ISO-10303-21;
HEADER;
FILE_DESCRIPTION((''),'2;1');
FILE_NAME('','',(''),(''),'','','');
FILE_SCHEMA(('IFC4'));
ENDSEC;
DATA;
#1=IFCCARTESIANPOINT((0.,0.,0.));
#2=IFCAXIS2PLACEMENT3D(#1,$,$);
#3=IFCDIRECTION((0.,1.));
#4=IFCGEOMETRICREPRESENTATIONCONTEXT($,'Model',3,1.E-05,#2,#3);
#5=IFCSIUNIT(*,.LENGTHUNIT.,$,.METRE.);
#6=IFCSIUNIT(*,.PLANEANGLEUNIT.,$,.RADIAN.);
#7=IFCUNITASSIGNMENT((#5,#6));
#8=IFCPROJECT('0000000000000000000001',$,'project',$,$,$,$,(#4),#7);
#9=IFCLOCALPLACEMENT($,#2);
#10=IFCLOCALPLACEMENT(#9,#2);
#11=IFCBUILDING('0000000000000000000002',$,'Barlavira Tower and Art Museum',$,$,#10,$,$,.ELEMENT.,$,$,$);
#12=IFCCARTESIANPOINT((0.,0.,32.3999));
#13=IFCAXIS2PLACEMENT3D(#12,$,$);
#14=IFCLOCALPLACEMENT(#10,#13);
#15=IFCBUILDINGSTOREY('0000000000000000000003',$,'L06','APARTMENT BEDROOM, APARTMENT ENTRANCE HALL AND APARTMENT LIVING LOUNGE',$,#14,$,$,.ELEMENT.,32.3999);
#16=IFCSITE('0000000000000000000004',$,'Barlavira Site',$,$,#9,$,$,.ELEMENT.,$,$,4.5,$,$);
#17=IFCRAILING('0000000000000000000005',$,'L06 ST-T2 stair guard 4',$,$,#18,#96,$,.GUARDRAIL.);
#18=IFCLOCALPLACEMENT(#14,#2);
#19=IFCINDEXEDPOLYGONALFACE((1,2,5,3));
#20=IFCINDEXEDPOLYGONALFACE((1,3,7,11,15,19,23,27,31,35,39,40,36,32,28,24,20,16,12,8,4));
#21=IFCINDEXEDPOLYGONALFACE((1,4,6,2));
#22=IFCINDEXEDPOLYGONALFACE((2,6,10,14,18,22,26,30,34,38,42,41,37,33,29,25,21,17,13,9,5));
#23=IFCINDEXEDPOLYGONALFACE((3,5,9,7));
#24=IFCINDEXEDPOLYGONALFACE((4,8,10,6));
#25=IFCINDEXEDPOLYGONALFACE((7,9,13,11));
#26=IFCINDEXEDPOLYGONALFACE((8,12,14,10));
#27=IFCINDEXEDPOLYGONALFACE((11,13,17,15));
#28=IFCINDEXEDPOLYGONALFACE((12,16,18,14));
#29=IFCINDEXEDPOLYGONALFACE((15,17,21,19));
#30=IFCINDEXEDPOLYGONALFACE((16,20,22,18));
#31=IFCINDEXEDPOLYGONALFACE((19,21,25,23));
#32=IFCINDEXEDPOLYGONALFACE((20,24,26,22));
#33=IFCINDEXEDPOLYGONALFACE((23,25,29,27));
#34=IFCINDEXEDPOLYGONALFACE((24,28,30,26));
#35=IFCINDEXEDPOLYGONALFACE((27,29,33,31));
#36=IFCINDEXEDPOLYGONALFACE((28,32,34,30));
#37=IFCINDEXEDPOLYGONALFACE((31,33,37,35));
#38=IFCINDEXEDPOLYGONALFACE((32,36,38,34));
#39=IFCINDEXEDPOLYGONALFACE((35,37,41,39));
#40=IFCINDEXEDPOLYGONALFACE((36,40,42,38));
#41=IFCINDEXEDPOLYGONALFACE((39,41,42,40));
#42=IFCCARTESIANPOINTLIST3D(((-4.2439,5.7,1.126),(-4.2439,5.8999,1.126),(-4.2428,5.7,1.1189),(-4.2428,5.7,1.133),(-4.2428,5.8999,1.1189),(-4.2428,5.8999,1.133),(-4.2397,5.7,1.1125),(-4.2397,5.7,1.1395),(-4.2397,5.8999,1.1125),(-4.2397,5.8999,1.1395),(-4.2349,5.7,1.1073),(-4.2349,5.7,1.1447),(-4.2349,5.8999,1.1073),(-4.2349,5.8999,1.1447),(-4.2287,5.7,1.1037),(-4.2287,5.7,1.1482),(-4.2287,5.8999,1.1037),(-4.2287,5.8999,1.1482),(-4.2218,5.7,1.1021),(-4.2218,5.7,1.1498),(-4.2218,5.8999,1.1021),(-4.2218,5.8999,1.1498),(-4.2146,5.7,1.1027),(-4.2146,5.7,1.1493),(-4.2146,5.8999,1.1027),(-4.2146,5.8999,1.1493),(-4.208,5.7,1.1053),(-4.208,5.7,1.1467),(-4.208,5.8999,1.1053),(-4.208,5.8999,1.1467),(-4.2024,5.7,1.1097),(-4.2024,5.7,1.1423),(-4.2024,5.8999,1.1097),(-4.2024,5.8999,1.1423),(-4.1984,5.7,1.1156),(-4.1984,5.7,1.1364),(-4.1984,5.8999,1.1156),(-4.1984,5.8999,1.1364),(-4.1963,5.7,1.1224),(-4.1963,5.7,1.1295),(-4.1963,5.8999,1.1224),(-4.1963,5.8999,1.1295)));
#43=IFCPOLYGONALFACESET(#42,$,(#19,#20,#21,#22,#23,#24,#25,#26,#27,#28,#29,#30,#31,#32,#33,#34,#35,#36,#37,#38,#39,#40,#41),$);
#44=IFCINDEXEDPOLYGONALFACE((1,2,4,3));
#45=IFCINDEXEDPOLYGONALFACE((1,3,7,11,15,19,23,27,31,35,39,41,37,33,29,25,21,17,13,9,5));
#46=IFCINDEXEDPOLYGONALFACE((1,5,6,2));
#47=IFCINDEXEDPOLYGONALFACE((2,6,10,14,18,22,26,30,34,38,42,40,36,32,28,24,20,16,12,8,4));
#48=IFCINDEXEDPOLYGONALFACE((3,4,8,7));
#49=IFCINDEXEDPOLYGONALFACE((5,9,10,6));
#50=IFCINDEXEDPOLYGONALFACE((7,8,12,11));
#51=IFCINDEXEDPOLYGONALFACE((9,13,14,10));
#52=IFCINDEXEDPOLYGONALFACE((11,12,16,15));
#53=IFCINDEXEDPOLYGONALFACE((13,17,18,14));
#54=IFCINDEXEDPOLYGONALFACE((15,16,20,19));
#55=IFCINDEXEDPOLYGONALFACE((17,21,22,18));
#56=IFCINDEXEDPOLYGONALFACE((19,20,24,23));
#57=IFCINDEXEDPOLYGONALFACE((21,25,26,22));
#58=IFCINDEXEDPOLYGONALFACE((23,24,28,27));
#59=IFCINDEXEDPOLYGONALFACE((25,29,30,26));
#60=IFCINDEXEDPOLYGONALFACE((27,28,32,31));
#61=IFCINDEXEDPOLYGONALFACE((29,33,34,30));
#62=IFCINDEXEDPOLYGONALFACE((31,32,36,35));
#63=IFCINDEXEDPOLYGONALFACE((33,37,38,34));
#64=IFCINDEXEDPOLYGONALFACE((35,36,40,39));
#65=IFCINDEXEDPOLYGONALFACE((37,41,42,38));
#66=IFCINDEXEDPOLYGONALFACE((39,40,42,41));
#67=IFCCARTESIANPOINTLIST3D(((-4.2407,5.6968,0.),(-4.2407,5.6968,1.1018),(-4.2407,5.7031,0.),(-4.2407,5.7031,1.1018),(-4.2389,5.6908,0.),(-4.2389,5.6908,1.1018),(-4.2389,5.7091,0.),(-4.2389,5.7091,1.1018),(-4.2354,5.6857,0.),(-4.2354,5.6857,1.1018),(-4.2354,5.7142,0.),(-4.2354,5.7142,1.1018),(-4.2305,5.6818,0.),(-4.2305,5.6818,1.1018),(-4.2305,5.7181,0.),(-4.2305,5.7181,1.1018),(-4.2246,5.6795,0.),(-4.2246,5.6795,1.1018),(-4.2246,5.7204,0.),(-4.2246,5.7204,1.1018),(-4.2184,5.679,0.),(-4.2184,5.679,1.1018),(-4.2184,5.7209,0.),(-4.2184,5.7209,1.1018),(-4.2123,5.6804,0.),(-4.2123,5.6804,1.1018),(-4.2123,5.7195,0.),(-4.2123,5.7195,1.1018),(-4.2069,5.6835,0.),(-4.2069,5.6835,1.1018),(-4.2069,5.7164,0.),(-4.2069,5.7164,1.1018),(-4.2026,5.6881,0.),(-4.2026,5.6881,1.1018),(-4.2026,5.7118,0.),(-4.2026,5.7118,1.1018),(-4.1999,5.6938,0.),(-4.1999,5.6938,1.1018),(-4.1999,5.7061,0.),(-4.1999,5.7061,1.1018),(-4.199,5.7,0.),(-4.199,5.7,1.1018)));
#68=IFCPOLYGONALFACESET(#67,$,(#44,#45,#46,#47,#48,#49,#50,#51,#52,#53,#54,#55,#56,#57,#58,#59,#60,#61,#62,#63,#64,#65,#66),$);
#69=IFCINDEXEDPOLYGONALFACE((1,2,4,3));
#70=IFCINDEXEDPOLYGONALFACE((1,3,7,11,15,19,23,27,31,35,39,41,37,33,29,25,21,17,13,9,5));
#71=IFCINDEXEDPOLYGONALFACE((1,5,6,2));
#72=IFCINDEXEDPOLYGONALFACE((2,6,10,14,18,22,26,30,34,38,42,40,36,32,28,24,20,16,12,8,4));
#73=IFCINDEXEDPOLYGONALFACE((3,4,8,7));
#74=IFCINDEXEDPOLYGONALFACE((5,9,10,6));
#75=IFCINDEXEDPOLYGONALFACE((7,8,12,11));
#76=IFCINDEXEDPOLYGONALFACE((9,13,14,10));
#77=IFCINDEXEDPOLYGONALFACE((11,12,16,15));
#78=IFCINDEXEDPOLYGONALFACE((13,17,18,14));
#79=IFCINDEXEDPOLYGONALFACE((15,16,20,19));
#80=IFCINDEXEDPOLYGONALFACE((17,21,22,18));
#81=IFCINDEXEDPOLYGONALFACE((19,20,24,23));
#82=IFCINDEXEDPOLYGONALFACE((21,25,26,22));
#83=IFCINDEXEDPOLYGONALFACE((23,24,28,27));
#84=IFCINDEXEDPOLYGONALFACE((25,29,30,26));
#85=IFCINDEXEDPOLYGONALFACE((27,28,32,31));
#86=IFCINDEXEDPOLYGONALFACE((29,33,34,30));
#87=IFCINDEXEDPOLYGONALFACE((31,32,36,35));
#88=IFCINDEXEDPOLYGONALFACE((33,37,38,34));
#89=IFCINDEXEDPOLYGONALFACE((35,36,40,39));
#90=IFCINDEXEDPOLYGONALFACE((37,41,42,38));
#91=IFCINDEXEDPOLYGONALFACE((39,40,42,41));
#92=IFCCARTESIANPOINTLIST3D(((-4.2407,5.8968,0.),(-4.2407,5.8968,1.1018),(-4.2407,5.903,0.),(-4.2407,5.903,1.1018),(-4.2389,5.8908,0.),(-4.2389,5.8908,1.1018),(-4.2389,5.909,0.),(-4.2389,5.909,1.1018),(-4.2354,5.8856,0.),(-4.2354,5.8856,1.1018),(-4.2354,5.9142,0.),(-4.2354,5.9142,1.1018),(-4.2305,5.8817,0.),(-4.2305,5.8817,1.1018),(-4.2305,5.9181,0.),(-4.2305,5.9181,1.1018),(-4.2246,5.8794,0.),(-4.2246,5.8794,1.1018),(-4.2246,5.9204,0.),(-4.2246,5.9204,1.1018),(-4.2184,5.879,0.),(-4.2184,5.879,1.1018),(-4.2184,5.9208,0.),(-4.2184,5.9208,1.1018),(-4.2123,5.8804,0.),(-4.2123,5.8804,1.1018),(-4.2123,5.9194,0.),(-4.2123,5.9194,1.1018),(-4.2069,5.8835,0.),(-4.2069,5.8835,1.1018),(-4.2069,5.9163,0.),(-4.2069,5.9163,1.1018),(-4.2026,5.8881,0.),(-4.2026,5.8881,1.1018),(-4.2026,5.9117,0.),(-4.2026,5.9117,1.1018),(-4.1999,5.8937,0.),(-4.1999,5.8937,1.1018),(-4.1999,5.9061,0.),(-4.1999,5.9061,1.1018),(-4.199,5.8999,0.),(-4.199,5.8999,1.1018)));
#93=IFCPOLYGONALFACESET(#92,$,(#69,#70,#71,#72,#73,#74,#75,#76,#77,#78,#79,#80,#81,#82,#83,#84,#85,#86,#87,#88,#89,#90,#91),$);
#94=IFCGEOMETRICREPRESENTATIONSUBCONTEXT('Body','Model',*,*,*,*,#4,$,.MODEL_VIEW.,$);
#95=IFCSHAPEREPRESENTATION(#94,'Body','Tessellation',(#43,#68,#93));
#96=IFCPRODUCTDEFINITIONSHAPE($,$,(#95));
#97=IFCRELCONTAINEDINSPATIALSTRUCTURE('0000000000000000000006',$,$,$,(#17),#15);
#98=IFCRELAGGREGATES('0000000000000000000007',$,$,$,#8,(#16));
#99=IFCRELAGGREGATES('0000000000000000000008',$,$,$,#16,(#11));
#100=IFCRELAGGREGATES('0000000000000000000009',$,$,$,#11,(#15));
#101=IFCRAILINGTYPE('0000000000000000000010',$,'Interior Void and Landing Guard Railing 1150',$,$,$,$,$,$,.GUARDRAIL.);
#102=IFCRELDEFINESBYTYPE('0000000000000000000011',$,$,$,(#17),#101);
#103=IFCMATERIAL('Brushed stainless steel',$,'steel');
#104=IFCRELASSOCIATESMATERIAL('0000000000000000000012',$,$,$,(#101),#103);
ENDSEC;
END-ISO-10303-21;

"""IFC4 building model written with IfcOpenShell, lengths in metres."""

from ifc_helpers import new_model, si_unit, direction, frame, origin, origin_2d, place, context, subcontext, project, spatial, circle, extrude, material, type_object, element, save


model = new_model("IFC4")

# Units and contexts
model_context = context("Model", 3, precision=1e-05, world=origin(), true_north=direction((0.0, 1.0)))
body_context = subcontext(model_context, "Body", "Model", "MODEL_VIEW")
ifc_project = project(units=[si_unit("LENGTHUNIT", "METRE"), si_unit("PLANEANGLEUNIT", "RADIAN")], contexts=[model_context])

# Site, building, storey
site_placement = place(None, origin())
site = spatial("IfcSite", under=ifc_project, at=site_placement, Name="Barlavira Site", CompositionType="ELEMENT", RefElevation=4.5)
building_placement = place(site_placement, origin())
building = spatial("IfcBuilding", under=site, at=building_placement, Name="Barlavira Tower and Art Museum", CompositionType="ELEMENT")
storey_placement = place(building_placement, frame((0.0, 0.0, 32.3999)))
storey = spatial("IfcBuildingStorey", under=building, at=storey_placement, Name="L06", Description="APARTMENT BEDROOM, APARTMENT ENTRANCE HALL AND APARTMENT LIVING LOUNGE", CompositionType="ELEMENT", Elevation=32.3999)

# Shared definitions
ifc_material_1 = material(Name="Brushed stainless steel", Category="steel")

# Railing
railing_type_1 = type_object("IfcRailingType", Name="Interior Void and Landing Guard Railing 1150", PredefinedType="GUARDRAIL", material=ifc_material_1)
railing_1_placement = place(storey_placement, frame((-4.22, 5.7, 0.0)))
element("IfcRailing", 1, at=railing_1_placement, inside=storey, type_object=railing_type_1, Name="L06 ST-T2 stair guard 4", PredefinedType="GUARDRAIL", context=body_context, shape_type="SweptSolid", body=[
    extrude(circle(Radius=0.0239, at=origin_2d()), frame((0.0, 0.0, 1.126), z_axis=(0.0, 1.0, 0.0), x_axis=(-1.0, 0.0, 0.0)), (0.0, 0.0, 1.0), 0.2),
    extrude(circle(Radius=0.021, at=origin_2d()), origin(), (0.0, 0.0, 1.0), 1.1018),
    extrude(circle(Radius=0.021, at=origin_2d()), frame((0.0, 0.2, 0.0)), (0.0, 0.0, 1.0), 1.1018),
])

save(model, "model.ifc")
